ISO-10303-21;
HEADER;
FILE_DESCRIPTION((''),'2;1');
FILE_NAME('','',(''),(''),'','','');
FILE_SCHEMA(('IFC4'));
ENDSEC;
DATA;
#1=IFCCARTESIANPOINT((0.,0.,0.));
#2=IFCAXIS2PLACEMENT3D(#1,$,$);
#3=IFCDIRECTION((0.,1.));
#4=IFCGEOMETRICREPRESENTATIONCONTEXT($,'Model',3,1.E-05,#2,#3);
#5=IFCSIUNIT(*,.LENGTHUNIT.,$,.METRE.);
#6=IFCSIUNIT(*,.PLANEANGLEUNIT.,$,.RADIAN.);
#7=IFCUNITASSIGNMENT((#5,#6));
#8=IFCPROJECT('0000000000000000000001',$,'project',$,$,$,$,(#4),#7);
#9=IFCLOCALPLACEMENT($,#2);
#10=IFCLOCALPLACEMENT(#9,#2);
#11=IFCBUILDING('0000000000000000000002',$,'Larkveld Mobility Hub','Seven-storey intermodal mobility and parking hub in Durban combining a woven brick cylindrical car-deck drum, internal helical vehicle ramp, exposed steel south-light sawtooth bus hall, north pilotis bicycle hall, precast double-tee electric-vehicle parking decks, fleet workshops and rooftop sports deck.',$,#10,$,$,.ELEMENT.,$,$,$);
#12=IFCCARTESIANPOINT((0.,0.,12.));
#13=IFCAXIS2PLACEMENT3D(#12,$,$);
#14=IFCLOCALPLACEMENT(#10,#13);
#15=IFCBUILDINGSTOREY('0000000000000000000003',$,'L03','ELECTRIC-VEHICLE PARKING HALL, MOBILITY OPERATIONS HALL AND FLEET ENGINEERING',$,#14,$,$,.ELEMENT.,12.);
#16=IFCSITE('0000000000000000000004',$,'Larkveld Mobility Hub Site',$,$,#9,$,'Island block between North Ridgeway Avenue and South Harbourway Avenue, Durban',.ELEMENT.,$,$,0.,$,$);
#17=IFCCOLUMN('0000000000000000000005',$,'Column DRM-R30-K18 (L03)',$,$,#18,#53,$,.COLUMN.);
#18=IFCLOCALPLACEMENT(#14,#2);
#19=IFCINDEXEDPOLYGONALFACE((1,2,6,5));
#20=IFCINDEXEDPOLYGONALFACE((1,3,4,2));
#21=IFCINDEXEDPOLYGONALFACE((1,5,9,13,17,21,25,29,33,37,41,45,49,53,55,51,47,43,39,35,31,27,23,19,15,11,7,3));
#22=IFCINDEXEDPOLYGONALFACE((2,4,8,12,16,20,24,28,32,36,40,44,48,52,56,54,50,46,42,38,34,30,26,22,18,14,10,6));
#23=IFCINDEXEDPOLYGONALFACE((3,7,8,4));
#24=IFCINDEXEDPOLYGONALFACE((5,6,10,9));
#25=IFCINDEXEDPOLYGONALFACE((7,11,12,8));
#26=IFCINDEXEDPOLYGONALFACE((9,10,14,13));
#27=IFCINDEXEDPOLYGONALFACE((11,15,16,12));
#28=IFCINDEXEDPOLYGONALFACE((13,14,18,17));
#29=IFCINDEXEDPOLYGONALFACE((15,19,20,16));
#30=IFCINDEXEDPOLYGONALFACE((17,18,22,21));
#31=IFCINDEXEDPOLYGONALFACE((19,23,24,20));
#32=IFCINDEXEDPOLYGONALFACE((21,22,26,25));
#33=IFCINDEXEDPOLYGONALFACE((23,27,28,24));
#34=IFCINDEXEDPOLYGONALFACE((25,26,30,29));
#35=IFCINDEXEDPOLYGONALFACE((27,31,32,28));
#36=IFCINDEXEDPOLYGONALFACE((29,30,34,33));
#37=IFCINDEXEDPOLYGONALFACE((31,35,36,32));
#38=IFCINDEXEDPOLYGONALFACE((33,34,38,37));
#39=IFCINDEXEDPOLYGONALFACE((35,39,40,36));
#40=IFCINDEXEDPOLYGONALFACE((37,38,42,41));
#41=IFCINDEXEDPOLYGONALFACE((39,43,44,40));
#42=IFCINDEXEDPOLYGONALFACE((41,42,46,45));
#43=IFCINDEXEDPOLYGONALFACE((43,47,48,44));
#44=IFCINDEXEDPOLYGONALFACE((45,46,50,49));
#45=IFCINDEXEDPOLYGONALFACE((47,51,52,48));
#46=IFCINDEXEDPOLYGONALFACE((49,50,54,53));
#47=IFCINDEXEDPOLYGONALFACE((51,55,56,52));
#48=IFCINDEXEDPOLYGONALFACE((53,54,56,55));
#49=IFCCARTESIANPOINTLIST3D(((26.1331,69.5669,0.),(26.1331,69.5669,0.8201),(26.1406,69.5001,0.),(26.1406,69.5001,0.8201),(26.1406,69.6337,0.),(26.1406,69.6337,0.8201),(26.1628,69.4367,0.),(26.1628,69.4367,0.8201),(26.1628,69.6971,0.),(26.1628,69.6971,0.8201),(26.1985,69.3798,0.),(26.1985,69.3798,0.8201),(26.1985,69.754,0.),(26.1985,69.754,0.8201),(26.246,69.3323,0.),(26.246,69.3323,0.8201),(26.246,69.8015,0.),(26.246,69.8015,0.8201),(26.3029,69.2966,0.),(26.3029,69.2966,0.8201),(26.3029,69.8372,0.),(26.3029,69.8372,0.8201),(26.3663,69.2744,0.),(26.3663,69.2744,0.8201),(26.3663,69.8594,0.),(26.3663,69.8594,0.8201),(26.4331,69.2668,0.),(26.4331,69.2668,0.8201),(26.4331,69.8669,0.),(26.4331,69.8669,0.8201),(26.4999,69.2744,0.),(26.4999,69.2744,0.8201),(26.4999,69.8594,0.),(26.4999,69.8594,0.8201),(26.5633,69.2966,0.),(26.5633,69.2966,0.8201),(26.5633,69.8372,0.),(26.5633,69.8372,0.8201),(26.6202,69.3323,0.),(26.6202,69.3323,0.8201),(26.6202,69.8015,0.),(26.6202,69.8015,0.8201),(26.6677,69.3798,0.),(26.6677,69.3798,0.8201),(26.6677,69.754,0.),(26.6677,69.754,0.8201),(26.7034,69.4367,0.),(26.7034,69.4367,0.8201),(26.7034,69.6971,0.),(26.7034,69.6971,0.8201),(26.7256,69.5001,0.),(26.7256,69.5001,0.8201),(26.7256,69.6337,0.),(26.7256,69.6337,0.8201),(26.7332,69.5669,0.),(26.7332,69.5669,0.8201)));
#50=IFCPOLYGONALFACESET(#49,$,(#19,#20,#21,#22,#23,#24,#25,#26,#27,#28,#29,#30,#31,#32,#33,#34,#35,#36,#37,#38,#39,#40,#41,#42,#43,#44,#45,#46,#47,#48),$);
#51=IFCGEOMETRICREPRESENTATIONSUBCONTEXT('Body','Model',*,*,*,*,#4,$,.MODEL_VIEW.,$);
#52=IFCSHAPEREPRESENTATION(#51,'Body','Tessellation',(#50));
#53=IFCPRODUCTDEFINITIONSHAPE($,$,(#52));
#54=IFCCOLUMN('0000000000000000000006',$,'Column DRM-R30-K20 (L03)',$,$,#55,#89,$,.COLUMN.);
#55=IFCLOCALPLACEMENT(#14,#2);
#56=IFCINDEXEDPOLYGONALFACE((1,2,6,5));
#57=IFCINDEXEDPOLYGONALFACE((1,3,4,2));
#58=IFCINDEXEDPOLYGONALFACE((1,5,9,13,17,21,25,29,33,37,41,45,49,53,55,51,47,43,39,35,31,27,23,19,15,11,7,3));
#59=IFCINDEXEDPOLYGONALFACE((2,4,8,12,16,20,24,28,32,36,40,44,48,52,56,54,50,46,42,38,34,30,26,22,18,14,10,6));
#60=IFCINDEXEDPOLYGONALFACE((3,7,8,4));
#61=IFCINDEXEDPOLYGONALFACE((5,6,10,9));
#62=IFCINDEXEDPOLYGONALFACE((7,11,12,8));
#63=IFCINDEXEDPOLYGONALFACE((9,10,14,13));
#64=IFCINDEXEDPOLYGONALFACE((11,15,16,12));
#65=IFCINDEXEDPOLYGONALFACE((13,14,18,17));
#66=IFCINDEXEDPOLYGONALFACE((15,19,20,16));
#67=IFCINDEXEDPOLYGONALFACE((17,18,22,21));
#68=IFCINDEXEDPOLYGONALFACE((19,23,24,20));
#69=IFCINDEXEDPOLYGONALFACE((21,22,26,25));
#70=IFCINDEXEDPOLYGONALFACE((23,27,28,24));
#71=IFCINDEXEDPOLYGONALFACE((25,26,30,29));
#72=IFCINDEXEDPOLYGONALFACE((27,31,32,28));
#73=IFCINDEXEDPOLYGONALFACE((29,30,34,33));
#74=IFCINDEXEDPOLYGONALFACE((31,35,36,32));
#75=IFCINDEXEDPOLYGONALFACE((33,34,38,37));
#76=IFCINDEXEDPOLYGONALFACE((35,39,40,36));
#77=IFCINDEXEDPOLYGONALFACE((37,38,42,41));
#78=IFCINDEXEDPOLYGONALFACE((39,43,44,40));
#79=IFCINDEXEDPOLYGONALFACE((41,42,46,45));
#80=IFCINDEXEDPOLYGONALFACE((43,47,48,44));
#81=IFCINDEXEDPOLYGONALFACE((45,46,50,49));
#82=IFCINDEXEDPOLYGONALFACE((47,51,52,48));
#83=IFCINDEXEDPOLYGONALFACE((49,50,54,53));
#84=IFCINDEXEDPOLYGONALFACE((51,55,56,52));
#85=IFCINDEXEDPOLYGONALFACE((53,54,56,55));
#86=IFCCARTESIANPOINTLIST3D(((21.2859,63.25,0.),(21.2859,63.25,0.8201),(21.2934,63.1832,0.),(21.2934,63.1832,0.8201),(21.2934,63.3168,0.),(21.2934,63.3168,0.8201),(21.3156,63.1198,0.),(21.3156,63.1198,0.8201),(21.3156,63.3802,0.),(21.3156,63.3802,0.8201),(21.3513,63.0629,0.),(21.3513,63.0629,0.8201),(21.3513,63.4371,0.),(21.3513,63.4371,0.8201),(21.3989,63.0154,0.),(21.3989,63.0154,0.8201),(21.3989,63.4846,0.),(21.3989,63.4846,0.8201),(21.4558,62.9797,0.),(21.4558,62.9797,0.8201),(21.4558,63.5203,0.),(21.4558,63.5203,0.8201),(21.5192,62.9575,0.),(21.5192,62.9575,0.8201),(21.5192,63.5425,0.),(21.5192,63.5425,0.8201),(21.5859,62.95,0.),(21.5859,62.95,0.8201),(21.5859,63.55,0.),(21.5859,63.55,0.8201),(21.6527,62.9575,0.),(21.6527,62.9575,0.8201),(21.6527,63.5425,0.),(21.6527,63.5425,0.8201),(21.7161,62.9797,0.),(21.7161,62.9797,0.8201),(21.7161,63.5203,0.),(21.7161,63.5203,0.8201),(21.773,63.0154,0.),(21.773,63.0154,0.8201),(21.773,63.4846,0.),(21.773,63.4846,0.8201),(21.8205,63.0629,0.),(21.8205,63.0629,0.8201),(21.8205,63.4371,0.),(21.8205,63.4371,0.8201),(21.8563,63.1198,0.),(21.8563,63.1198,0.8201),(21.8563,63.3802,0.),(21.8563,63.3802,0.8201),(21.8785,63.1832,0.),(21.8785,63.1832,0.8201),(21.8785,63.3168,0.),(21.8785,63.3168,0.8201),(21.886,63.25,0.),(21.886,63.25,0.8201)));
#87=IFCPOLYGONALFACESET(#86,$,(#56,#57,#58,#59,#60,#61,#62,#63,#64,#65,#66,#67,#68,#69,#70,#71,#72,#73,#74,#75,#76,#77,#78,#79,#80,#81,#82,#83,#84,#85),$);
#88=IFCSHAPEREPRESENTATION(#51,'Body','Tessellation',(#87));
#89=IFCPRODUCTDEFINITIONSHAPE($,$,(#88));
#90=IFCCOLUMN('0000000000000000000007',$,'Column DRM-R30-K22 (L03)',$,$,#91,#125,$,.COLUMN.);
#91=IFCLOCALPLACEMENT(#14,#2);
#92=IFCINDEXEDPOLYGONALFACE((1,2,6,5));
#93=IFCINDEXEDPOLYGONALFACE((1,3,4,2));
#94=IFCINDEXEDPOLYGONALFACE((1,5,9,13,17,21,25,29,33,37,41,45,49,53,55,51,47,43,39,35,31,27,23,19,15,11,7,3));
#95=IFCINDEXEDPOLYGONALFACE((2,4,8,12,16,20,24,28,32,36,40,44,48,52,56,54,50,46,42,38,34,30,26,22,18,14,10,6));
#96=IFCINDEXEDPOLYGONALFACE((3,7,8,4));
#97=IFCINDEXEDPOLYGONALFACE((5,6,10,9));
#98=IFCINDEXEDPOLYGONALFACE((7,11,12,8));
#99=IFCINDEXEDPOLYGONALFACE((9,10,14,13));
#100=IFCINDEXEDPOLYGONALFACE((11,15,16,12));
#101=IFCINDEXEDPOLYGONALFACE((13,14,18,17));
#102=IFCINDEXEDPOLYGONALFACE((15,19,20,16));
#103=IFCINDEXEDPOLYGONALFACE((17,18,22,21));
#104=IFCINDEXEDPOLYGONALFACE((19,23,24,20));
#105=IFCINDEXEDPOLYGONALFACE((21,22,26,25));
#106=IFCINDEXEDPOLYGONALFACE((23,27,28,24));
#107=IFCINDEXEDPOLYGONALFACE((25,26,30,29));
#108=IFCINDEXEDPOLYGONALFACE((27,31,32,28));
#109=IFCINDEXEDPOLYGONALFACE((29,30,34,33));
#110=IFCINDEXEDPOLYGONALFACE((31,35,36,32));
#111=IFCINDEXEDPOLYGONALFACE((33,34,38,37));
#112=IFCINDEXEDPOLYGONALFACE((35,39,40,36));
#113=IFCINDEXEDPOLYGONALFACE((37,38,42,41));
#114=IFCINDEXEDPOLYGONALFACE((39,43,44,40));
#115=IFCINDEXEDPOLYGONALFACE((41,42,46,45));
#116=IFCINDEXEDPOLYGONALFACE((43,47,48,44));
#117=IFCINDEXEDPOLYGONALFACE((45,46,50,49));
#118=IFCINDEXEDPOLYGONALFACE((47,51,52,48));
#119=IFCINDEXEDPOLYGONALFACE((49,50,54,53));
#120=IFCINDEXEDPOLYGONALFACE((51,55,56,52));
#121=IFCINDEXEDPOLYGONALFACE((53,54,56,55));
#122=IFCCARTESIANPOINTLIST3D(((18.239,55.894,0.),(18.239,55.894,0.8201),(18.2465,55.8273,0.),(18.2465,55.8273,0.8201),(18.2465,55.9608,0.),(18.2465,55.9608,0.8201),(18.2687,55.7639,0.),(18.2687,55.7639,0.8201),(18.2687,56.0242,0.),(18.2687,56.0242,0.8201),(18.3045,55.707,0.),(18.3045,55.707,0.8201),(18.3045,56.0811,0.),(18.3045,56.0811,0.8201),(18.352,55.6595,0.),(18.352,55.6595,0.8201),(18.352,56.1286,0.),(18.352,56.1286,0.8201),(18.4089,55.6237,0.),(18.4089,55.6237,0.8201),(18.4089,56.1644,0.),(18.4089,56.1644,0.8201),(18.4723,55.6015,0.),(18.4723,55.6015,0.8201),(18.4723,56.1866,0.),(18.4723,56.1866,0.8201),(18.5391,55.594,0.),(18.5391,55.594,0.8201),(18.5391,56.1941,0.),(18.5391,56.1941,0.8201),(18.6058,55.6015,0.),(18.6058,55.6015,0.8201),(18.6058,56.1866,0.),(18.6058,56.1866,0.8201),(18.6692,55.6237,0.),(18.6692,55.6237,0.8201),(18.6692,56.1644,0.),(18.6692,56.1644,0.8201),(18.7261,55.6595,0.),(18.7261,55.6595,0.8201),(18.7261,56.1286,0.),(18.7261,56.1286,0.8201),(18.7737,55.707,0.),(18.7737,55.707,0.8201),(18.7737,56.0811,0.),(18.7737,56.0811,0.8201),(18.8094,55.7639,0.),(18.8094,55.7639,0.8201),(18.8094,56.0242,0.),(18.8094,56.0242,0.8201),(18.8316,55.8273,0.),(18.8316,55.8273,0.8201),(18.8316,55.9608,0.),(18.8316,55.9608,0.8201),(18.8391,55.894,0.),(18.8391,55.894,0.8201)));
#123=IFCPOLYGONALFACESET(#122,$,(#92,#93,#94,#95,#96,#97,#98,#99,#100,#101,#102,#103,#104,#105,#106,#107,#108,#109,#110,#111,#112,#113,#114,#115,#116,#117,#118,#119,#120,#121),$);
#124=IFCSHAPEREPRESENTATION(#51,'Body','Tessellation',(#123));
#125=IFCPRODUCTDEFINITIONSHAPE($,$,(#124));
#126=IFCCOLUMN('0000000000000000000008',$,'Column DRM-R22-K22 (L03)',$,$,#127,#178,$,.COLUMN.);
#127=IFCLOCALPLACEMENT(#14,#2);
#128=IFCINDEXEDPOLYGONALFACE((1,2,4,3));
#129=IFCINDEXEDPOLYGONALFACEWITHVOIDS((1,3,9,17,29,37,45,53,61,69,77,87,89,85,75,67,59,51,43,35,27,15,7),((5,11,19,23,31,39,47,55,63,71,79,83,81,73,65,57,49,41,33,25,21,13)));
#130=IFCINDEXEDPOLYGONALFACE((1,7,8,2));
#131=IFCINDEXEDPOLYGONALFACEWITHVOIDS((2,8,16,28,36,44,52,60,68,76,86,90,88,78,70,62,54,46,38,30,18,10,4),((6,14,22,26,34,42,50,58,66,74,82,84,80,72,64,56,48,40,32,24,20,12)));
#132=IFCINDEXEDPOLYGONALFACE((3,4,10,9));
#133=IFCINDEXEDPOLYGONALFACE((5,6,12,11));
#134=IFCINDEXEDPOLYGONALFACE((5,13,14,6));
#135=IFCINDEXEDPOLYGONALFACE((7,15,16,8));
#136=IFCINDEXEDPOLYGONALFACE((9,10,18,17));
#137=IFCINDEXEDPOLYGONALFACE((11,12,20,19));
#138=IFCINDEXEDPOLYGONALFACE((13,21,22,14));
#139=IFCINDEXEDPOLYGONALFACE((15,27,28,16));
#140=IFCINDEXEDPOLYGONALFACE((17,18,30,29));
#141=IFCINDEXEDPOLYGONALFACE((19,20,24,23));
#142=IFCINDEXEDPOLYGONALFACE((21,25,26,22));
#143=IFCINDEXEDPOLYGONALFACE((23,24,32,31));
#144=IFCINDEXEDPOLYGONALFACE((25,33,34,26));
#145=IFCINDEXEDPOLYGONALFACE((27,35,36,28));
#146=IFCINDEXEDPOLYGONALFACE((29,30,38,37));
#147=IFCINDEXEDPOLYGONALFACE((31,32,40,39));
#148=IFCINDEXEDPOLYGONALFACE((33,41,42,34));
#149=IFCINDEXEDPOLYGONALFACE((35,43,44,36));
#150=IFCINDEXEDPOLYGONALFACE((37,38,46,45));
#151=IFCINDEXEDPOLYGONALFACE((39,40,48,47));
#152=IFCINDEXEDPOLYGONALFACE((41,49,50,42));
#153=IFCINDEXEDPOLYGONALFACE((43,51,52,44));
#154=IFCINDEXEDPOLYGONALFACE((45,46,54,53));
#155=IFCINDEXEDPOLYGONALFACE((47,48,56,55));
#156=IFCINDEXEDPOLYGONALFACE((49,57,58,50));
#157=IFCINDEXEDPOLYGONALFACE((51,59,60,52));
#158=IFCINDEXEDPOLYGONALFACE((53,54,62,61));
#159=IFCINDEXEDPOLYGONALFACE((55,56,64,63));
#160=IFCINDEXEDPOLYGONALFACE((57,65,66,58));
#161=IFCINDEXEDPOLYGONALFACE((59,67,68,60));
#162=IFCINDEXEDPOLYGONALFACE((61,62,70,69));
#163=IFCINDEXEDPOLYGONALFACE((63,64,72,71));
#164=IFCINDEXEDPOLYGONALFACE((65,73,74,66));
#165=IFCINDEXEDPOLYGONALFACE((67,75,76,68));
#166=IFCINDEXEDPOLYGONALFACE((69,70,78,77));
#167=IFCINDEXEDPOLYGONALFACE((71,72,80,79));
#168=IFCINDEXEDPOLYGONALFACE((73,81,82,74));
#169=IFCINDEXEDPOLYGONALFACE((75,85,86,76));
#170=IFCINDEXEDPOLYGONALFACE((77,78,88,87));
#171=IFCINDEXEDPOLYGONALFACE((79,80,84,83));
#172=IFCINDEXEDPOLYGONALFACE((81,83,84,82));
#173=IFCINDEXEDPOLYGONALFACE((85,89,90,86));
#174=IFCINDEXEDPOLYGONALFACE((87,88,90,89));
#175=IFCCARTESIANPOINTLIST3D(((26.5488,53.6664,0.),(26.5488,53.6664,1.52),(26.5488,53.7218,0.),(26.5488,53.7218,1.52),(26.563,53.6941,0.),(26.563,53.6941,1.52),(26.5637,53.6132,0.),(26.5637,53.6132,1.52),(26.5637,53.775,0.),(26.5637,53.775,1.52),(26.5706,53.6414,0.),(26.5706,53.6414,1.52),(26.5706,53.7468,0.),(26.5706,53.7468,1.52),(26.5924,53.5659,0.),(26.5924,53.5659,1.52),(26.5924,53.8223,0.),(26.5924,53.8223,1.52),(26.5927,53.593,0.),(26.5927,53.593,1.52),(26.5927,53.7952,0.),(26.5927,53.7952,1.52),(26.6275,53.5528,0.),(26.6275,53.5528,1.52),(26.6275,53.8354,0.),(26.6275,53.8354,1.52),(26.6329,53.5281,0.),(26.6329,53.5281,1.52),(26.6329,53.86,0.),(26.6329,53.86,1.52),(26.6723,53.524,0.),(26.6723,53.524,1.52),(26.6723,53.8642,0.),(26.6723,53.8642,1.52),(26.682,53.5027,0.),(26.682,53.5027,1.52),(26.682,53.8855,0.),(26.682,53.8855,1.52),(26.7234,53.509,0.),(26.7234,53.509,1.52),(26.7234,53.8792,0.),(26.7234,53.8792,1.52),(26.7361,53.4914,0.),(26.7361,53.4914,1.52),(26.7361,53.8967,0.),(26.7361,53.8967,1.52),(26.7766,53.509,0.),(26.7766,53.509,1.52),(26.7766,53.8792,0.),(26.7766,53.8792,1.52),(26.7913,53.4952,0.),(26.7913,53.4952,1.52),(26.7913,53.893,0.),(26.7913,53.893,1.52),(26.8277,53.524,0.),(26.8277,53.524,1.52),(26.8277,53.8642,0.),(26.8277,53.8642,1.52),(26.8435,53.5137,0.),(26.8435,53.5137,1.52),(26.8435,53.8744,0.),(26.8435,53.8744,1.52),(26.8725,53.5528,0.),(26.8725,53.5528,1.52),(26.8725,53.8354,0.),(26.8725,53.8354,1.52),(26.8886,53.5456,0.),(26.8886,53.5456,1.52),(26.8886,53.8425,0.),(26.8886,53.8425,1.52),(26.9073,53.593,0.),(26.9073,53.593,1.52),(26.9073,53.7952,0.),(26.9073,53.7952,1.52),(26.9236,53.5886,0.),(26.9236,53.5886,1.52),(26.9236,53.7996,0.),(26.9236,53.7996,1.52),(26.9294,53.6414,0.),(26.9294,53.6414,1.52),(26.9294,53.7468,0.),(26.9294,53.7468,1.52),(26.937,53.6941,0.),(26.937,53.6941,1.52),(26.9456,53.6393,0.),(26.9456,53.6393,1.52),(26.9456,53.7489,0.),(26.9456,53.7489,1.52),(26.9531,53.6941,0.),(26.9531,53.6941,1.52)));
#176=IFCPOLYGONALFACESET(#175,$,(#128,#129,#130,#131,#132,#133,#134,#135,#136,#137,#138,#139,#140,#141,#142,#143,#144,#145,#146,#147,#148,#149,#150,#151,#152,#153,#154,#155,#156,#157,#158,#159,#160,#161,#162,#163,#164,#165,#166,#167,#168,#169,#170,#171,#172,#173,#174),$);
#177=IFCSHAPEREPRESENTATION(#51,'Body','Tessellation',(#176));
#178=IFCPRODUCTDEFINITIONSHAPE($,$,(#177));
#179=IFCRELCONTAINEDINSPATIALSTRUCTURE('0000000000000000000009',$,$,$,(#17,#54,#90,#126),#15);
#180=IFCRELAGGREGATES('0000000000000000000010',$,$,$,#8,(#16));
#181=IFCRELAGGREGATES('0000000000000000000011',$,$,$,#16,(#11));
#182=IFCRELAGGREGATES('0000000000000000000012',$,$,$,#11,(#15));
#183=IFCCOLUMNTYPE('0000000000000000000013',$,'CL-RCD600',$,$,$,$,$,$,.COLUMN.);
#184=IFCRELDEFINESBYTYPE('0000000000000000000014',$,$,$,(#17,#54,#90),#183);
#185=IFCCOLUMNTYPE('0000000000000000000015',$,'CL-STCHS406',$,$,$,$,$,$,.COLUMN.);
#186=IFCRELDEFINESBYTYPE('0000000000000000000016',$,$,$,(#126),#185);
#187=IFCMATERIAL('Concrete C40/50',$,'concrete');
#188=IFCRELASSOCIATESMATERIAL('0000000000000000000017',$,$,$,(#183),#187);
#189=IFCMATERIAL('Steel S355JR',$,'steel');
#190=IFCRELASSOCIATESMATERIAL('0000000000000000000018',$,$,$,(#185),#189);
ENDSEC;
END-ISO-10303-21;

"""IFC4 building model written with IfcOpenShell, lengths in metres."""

from ifc_helpers import new_model, si_unit, direction, frame, origin, origin_2d, place, context, subcontext, project, spatial, circle, hollow_circle, extrude, material, material_profile, profile_set, type_object, element, save


model = new_model("IFC4")

# Units and contexts
model_context = context("Model", 3, precision=1e-05, world=origin(), true_north=direction((0.0, 1.0)))
body_context = subcontext(model_context, "Body", "Model", "MODEL_VIEW")
ifc_project = project(units=[si_unit("LENGTHUNIT", "METRE"), si_unit("PLANEANGLEUNIT", "RADIAN")], contexts=[model_context])

# Site, building, storey
site_placement = place(None, origin())
site = spatial("IfcSite", under=ifc_project, at=site_placement, Name="Larkveld Mobility Hub Site", LongName="Island block between North Ridgeway Avenue and South Harbourway Avenue, Durban", CompositionType="ELEMENT", RefElevation=0.0)
building_placement = place(site_placement, origin())
building = spatial("IfcBuilding", under=site, at=building_placement, Name="Larkveld Mobility Hub", Description="Seven-storey intermodal mobility and parking hub in Durban combining a woven brick cylindrical car-deck drum, internal helical vehicle ramp, exposed steel south-light sawtooth bus hall, north pilotis bicycle hall, precast double-tee electric-vehicle parking decks, fleet workshops and rooftop sports deck.", CompositionType="ELEMENT")
storey_placement = place(building_placement, frame((0.0, 0.0, 12.0)))
storey = spatial("IfcBuildingStorey", under=building, at=storey_placement, Name="L03", Description="ELECTRIC-VEHICLE PARKING HALL, MOBILITY OPERATIONS HALL AND FLEET ENGINEERING", CompositionType="ELEMENT", Elevation=12.0)

# Columns
ifc_material_1 = material(Name="Concrete C40/50", Category="concrete")
ifc_material_profile_1 = material_profile(ifc_material_1, circle(Radius=0.3, at=origin_2d()), Name="RC COL D600")
ifc_profile_set_1 = profile_set([ifc_material_profile_1], Name="Concrete C40/50")
column_type_1 = type_object("IfcColumnType", Name="CL-RCD600", PredefinedType="COLUMN", material=ifc_profile_set_1)
for number, where, z_axis, x_axis, name in (
    (1, (26.4331, 69.5669, 0.0), (0.0, 0.0, 1.0), (1.0, 0.0, 0.0), "Column DRM-R30-K18 (L03)"),
    (2, (21.5859, 63.25, 0.0), (0.0, 0.0, 1.0), (1.0, 0.0, 0.0), "Column DRM-R30-K20 (L03)"),
    (3, (18.5391, 55.894, 0.0), (0.0, 0.0, 1.0), (1.0, 0.0, 0.0), "Column DRM-R30-K22 (L03)"),
):
    element("IfcColumn", number, at=place(storey_placement, frame(where, z_axis=z_axis, x_axis=x_axis)), inside=storey, type_object=column_type_1, Name=name, PredefinedType="COLUMN", context=body_context, shape_type="SweptSolid", body=[
        extrude(circle(Radius=0.3, at=origin_2d()), origin(), (0.0, 0.0, 1.0), 0.8201),
    ])
ifc_material_2 = material(Name="Steel S355JR", Category="steel")
ifc_material_profile_2 = material_profile(ifc_material_2, hollow_circle(Radius=0.2031, WallThickness=0.0161, at=origin_2d()), Name="CHS 406.4x16")
ifc_profile_set_2 = profile_set([ifc_material_profile_2], Name="Steel S355JR")
column_type_2 = type_object("IfcColumnType", Name="CL-STCHS406", PredefinedType="COLUMN", material=ifc_profile_set_2)
for number, where, z_axis, x_axis, name in (
    (4, (26.75, 53.6941, 0.0), (0.0, 0.0, 1.0), (1.0, 0.0, 0.0), "Column DRM-R22-K22 (L03)"),
):
    element("IfcColumn", number, at=place(storey_placement, frame(where, z_axis=z_axis, x_axis=x_axis)), inside=storey, type_object=column_type_2, Name=name, PredefinedType="COLUMN", context=body_context, shape_type="SweptSolid", body=[
        extrude(hollow_circle(Radius=0.2031, WallThickness=0.0161, at=origin_2d()), origin(), (0.0, 0.0, 1.0), 1.52),
    ])

save(model, "model.ifc")
